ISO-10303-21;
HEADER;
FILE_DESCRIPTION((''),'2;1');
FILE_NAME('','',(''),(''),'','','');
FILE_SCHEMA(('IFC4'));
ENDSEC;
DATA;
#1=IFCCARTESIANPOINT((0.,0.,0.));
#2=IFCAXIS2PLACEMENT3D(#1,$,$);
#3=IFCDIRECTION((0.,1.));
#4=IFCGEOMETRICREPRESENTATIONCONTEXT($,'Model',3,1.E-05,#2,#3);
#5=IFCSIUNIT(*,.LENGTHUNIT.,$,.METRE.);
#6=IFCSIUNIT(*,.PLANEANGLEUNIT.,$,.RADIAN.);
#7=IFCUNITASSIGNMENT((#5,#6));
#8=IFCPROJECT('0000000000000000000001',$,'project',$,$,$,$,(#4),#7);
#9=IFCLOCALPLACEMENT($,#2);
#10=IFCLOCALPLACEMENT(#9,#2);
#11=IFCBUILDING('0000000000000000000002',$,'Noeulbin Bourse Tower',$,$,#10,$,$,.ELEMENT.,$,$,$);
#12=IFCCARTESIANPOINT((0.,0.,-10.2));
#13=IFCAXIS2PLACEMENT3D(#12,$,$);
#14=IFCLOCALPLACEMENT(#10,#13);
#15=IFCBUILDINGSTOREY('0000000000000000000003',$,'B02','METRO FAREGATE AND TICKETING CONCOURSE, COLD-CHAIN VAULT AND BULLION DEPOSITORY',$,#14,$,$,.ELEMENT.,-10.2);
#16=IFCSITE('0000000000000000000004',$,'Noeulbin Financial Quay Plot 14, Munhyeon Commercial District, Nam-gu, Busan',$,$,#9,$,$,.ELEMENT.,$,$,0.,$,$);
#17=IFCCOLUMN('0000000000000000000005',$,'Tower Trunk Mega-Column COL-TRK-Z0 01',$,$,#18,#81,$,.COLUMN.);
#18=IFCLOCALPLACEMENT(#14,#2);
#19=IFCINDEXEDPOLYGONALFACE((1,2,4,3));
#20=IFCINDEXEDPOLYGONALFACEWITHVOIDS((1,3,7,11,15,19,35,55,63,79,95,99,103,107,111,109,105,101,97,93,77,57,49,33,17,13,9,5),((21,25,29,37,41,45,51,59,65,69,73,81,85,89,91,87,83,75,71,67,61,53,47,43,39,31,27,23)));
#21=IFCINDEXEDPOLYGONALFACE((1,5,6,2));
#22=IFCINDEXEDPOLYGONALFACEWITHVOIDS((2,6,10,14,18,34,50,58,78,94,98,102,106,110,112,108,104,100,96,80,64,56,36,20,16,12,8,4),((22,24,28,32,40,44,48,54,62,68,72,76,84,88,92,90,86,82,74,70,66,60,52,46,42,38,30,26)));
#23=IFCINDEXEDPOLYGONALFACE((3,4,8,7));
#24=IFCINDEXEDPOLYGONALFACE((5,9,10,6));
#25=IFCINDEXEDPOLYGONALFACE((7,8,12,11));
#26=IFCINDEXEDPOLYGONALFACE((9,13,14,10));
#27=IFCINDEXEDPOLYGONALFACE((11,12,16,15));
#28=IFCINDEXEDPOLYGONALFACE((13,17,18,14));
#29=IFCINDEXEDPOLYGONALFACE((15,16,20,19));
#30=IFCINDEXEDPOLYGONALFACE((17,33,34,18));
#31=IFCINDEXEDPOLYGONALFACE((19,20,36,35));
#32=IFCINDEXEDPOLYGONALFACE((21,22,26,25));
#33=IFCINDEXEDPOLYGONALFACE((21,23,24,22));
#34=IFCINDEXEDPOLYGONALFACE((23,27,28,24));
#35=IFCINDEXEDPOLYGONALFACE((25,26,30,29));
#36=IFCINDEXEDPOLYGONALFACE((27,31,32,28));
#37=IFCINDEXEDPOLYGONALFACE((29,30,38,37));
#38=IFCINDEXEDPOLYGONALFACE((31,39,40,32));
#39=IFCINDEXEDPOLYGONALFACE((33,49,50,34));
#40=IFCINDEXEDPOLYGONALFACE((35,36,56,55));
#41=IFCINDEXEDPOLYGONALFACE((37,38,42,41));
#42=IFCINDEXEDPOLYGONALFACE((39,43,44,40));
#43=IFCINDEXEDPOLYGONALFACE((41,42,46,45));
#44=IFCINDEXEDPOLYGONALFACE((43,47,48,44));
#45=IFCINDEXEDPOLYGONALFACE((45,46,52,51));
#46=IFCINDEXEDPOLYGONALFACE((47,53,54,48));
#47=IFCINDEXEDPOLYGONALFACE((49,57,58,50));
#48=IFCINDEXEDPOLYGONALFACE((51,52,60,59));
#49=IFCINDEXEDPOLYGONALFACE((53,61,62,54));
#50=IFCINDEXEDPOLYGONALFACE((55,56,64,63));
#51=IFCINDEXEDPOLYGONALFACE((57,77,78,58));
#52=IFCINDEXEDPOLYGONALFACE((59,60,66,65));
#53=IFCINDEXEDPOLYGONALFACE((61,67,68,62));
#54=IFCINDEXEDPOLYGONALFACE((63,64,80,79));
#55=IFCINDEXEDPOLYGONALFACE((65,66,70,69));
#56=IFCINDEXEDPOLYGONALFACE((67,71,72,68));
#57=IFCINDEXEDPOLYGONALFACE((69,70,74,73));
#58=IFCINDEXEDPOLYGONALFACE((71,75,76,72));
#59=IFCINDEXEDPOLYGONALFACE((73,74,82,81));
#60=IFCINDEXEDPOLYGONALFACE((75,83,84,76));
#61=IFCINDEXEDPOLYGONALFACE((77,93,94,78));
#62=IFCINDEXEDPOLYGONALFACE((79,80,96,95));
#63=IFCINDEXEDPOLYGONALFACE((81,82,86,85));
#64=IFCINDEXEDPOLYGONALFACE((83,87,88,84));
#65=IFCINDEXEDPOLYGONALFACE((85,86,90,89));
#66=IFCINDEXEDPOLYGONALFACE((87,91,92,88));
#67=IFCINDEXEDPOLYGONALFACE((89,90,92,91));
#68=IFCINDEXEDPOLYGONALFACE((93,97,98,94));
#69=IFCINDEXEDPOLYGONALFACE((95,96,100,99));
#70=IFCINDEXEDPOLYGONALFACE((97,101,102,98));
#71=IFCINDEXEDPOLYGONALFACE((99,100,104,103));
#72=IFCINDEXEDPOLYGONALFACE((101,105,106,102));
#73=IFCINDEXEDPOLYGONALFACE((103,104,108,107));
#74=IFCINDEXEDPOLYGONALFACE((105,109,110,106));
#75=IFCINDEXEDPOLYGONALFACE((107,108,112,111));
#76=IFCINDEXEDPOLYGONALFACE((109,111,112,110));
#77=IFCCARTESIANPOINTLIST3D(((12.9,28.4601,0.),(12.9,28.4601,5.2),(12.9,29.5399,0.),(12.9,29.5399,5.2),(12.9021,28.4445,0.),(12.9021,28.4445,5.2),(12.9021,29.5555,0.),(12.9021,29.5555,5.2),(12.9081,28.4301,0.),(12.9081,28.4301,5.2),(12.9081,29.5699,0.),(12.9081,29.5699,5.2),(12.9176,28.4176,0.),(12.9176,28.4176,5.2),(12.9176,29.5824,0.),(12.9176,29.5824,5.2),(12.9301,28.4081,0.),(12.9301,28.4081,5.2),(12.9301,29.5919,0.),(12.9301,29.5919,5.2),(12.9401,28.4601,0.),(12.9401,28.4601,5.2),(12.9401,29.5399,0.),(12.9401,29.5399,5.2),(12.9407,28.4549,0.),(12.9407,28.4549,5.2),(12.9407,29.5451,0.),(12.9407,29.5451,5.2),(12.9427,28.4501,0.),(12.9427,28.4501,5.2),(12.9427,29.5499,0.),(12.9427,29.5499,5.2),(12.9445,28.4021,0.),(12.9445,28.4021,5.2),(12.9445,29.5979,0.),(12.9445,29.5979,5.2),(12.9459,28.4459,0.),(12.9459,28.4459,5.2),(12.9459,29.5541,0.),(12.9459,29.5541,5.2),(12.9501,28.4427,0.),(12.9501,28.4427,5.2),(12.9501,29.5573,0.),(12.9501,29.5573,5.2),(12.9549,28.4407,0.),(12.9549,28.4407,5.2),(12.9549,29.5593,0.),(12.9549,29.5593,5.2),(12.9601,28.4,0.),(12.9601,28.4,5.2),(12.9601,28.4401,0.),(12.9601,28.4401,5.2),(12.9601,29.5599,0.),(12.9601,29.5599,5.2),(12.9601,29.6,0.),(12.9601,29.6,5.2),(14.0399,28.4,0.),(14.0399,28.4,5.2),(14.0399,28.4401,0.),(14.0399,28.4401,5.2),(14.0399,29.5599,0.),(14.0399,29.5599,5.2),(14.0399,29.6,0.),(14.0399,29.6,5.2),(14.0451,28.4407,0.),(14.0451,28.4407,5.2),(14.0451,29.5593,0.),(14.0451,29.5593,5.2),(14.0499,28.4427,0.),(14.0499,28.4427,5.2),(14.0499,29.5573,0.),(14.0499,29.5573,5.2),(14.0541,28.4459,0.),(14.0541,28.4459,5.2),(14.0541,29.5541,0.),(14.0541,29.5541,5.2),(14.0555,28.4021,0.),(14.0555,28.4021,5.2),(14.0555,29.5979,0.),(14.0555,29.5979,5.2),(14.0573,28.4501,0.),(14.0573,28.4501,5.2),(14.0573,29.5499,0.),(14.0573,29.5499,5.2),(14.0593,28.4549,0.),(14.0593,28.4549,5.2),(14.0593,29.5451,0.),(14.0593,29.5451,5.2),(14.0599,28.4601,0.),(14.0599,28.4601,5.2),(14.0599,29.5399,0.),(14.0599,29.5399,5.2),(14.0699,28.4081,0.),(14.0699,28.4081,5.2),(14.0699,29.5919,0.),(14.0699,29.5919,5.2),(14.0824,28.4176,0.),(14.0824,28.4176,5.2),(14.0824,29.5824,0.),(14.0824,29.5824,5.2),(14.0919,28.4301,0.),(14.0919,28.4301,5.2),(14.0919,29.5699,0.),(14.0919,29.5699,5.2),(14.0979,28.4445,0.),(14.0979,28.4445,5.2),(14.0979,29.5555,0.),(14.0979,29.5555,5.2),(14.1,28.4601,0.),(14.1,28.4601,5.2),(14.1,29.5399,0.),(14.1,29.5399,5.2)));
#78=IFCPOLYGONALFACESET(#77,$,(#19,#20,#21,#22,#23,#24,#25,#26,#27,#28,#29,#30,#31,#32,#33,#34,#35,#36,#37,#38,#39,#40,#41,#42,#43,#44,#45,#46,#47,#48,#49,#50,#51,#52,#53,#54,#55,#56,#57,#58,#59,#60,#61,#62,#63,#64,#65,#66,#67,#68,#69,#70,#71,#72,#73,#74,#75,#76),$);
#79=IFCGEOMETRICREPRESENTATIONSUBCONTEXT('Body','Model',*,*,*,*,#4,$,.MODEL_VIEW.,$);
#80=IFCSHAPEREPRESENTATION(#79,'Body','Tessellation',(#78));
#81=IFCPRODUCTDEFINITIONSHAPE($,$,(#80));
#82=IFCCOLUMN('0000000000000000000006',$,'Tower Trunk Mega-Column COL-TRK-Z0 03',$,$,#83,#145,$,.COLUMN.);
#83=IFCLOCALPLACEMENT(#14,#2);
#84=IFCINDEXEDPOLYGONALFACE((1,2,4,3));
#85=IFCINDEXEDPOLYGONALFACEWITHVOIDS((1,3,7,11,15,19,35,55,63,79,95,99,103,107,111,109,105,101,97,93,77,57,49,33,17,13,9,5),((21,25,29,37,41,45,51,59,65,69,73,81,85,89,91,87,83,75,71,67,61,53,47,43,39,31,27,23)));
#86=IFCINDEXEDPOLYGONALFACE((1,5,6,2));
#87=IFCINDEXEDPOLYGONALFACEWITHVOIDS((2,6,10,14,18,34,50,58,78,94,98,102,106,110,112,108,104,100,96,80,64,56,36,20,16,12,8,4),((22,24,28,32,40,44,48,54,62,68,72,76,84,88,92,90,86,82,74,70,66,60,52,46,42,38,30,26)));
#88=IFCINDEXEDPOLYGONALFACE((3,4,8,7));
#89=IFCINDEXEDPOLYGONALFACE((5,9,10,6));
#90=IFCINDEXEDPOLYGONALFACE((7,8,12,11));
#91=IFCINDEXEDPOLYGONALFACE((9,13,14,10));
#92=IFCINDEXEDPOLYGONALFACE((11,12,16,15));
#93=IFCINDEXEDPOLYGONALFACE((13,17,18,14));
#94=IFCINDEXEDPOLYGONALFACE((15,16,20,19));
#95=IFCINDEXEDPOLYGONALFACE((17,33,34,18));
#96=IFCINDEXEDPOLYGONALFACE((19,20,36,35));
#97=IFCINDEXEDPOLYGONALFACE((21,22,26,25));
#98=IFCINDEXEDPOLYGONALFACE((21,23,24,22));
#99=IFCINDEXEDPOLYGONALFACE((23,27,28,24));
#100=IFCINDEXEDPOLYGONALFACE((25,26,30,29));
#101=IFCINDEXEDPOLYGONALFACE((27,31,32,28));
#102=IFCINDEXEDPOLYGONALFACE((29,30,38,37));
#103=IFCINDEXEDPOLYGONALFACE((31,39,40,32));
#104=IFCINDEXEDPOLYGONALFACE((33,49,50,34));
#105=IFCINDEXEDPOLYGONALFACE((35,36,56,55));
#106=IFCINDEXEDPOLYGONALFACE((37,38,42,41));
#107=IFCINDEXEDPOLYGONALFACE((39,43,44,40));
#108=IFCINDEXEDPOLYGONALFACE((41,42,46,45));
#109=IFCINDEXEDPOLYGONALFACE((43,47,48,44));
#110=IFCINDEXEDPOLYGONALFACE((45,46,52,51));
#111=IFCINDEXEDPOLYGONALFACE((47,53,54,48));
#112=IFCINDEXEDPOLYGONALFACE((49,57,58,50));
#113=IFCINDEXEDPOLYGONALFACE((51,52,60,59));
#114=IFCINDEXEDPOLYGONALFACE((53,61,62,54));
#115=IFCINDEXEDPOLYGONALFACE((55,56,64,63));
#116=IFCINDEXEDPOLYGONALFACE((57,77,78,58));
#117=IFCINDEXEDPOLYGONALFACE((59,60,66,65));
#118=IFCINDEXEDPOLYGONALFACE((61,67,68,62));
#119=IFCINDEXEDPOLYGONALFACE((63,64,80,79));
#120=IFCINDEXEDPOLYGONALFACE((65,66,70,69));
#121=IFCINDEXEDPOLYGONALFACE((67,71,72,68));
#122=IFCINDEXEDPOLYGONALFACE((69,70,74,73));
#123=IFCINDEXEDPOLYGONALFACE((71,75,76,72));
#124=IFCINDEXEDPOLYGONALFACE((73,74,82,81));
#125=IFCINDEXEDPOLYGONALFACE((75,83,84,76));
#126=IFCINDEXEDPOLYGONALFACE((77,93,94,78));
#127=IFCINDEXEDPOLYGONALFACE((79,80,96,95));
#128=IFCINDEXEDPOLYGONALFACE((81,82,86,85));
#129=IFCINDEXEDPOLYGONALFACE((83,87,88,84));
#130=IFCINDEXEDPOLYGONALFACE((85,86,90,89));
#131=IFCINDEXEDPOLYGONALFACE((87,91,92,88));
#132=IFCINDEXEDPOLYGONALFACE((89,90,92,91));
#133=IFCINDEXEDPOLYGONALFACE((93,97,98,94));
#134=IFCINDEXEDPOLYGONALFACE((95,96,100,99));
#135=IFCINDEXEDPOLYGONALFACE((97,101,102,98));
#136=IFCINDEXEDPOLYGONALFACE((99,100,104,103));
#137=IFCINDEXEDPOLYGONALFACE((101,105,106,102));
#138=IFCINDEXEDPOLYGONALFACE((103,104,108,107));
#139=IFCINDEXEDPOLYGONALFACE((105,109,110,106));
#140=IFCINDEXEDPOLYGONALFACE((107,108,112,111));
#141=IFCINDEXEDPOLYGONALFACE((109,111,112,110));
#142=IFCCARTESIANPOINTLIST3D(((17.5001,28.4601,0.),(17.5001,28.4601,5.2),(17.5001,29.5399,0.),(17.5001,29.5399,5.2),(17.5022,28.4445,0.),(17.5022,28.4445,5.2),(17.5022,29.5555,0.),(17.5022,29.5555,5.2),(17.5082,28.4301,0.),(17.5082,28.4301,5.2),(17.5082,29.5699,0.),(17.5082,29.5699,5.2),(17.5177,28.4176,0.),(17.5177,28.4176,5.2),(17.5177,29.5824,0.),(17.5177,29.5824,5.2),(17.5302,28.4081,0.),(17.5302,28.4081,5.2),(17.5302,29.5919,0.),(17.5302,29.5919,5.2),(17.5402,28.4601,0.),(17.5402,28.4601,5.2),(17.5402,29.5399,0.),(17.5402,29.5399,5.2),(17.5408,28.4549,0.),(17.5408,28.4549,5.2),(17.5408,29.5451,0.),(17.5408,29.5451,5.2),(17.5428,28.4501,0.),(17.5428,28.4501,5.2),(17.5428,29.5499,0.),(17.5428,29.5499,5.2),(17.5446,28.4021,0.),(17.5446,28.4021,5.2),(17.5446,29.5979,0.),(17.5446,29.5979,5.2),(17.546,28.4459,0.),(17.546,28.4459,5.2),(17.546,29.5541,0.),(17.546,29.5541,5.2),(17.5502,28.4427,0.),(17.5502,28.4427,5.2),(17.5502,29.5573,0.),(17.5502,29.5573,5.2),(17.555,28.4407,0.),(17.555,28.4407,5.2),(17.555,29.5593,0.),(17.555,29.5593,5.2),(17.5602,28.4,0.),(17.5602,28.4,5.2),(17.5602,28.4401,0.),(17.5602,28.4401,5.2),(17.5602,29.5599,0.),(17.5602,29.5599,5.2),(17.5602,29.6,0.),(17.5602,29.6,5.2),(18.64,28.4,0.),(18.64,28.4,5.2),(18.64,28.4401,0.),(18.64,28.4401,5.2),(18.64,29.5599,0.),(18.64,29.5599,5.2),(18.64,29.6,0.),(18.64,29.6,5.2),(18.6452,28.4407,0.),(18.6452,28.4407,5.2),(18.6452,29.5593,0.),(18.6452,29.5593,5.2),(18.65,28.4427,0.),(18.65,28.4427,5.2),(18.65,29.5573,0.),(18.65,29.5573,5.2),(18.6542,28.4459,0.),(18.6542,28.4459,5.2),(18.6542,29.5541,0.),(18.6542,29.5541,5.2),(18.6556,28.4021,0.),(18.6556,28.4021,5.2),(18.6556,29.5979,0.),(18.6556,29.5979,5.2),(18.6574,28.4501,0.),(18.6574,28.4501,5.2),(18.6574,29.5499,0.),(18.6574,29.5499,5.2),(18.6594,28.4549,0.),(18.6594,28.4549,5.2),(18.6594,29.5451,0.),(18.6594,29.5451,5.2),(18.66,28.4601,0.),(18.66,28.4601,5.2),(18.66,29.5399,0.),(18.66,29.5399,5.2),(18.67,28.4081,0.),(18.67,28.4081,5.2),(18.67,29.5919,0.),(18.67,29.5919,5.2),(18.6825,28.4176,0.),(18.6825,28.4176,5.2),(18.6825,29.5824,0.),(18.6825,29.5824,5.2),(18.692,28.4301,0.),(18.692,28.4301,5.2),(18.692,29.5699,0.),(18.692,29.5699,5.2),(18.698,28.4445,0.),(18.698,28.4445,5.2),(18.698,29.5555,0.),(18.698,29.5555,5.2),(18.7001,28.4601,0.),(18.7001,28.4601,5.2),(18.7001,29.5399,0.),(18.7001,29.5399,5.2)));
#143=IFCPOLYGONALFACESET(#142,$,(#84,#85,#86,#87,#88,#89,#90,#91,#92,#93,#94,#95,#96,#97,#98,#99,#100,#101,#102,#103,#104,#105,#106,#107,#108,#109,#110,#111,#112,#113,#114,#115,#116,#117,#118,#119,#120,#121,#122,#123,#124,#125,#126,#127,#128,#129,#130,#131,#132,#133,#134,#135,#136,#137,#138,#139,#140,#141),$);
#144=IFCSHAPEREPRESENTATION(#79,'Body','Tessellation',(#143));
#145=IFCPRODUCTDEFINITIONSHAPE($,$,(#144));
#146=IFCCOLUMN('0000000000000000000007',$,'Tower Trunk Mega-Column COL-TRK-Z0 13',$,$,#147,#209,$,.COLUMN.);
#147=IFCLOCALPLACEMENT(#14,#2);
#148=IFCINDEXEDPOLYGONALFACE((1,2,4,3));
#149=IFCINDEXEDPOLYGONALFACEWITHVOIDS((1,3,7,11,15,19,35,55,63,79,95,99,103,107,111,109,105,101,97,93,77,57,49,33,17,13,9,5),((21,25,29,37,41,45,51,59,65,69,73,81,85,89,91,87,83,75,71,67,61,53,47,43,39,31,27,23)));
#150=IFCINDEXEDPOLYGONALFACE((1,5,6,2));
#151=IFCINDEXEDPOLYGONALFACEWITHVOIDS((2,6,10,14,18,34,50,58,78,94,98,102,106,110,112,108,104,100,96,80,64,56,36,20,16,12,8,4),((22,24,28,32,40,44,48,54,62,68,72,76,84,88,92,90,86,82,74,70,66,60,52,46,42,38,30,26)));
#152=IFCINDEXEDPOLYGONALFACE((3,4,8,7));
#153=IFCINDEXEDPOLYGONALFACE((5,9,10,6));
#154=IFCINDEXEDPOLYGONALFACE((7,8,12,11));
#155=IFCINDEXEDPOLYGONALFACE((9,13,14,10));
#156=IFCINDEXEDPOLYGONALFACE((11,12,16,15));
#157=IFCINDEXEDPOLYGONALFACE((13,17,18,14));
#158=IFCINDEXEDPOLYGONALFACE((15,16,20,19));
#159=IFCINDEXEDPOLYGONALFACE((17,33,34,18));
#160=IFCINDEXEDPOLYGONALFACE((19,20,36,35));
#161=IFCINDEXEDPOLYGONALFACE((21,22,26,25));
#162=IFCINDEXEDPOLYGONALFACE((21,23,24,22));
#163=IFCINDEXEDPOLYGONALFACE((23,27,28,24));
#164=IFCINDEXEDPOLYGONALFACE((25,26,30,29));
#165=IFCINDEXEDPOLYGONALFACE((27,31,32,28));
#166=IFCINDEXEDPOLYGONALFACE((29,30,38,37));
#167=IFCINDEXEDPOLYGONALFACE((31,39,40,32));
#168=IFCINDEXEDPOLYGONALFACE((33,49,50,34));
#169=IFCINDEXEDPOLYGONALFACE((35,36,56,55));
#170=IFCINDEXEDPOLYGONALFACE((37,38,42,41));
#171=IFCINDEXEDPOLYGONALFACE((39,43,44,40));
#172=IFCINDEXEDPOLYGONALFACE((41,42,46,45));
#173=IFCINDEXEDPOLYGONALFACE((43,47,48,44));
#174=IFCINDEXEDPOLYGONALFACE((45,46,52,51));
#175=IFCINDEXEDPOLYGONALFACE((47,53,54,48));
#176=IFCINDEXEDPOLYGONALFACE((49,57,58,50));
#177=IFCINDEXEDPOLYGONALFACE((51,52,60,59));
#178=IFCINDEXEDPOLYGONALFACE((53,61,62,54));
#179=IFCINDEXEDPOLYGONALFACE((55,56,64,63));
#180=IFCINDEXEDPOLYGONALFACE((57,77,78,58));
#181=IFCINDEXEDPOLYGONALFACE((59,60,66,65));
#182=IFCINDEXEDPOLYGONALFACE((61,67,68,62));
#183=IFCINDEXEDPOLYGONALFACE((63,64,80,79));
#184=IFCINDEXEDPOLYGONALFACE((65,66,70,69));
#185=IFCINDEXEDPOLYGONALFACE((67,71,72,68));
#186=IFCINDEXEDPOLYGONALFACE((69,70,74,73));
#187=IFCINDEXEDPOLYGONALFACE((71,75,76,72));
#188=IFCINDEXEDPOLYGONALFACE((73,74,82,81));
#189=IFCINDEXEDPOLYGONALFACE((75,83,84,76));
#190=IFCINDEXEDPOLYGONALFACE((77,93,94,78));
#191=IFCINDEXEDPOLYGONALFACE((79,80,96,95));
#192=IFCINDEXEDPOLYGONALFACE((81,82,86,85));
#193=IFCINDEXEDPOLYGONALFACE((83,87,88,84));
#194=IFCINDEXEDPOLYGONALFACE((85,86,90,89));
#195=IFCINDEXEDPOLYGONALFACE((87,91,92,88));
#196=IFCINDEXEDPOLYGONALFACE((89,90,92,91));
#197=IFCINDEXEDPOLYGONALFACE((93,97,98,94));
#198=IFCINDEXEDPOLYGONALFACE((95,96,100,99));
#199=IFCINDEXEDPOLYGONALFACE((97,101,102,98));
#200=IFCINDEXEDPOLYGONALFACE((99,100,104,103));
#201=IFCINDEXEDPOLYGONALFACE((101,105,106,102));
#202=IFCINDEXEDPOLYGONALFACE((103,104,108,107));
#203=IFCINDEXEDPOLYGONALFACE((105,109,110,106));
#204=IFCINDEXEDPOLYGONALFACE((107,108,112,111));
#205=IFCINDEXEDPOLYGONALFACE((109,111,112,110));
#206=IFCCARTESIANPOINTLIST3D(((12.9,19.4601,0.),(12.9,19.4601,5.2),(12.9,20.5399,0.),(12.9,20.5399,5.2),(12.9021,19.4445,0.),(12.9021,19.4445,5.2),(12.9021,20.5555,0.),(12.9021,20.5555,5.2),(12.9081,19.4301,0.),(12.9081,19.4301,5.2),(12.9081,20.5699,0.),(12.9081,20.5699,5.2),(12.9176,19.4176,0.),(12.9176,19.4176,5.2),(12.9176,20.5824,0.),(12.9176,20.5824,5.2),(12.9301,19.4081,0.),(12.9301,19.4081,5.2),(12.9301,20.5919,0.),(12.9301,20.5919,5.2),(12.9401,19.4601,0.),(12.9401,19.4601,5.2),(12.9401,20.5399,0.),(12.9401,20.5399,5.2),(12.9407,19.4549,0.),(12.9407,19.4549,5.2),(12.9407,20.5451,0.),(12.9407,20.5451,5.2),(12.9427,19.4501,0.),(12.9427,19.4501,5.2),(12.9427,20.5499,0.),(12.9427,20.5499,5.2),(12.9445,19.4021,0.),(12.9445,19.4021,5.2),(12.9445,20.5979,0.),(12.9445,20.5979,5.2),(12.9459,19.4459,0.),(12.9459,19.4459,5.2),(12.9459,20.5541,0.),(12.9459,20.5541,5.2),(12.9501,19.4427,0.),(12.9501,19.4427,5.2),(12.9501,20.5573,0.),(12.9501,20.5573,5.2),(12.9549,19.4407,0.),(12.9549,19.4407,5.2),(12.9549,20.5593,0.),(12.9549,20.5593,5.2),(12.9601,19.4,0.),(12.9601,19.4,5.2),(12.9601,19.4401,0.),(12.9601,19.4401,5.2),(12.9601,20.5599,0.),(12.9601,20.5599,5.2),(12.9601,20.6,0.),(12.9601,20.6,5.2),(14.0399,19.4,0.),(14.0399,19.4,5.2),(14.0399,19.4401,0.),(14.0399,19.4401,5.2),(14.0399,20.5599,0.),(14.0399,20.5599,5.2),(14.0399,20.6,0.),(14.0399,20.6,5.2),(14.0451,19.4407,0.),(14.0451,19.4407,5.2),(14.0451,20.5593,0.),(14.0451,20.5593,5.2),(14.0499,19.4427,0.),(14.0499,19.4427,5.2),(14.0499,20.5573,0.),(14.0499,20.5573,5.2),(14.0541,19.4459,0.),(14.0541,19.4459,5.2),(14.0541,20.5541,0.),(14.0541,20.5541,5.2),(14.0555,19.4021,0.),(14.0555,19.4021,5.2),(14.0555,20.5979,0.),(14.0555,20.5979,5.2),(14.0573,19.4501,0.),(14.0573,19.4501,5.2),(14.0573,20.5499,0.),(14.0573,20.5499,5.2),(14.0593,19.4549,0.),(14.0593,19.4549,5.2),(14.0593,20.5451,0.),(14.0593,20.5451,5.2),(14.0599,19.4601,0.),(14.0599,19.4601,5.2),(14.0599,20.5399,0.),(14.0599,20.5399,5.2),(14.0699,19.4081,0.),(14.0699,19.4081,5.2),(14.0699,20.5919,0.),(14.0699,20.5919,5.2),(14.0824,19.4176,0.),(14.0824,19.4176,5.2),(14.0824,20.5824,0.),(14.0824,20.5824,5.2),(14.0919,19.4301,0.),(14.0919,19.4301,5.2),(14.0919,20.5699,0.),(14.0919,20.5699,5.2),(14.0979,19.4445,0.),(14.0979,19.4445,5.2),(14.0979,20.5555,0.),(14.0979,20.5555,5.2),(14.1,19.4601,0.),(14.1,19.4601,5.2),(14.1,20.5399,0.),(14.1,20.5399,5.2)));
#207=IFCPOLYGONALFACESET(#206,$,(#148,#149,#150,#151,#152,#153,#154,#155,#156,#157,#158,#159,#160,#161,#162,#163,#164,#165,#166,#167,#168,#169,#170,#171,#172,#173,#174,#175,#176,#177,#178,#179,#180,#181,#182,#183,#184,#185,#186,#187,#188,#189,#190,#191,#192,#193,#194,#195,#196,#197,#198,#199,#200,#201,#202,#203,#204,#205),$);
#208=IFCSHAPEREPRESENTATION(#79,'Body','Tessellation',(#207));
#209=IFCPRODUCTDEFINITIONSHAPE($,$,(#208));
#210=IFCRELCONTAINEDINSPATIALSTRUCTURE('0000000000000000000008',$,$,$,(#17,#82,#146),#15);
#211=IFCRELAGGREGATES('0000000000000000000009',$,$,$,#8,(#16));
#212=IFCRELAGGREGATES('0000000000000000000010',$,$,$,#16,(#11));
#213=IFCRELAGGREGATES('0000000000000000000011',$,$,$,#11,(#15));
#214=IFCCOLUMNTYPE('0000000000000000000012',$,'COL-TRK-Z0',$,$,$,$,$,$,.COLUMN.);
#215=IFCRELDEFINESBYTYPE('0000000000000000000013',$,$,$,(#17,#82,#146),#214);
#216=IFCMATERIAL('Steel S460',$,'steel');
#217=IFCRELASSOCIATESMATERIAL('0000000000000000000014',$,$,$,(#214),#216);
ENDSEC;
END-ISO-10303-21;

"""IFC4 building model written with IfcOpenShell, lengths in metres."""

from ifc_helpers import new_model, si_unit, direction, frame, origin, origin_2d, place, context, subcontext, project, spatial, hollow_rectangle, extrude, material, material_profile, profile_set, type_object, element, save


model = new_model("IFC4")

# Units and contexts
model_context = context("Model", 3, precision=1e-05, world=origin(), true_north=direction((0.0, 1.0)))
body_context = subcontext(model_context, "Body", "Model", "MODEL_VIEW")
ifc_project = project(units=[si_unit("LENGTHUNIT", "METRE"), si_unit("PLANEANGLEUNIT", "RADIAN")], contexts=[model_context])

# Site, building, storey
site_placement = place(None, origin())
site = spatial("IfcSite", under=ifc_project, at=site_placement, Name="Noeulbin Financial Quay Plot 14, Munhyeon Commercial District, Nam-gu, Busan", CompositionType="ELEMENT", RefElevation=0.0)
building_placement = place(site_placement, origin())
building = spatial("IfcBuilding", under=site, at=building_placement, Name="Noeulbin Bourse Tower", CompositionType="ELEMENT")
storey_placement = place(building_placement, frame((0.0, 0.0, -10.2)))
storey = spatial("IfcBuildingStorey", under=building, at=storey_placement, Name="B02", Description="METRO FAREGATE AND TICKETING CONCOURSE, COLD-CHAIN VAULT AND BULLION DEPOSITORY", CompositionType="ELEMENT", Elevation=-10.2)

# Columns
ifc_material_1 = material(Name="Steel S460", Category="steel")
ifc_material_profile_1 = material_profile(ifc_material_1, hollow_rectangle(XDim=1.2, YDim=1.2, WallThickness=0.04, InnerFilletRadius=0.02, OuterFilletRadius=0.0601, at=origin_2d()), Name="BOX-1200x1200x40", Category="LoadBearing")
ifc_profile_set_1 = profile_set([ifc_material_profile_1], Name="Steel S460")
column_type = type_object("IfcColumnType", Name="COL-TRK-Z0", PredefinedType="COLUMN", material=ifc_profile_set_1)
for number, where, z_axis, x_axis, name in (
    (1, (13.5, 29.0, 0.0), (0.0, 0.0, 1.0), (1.0, 0.0, 0.0), "Tower Trunk Mega-Column COL-TRK-Z0 01"),
    (2, (18.1001, 29.0, 0.0), (0.0, 0.0, 1.0), (1.0, 0.0, 0.0), "Tower Trunk Mega-Column COL-TRK-Z0 03"),
    (3, (13.5, 20.0, 0.0), (0.0, 0.0, 1.0), (1.0, 0.0, 0.0), "Tower Trunk Mega-Column COL-TRK-Z0 13"),
):
    element("IfcColumn", number, at=place(storey_placement, frame(where, z_axis=z_axis, x_axis=x_axis)), inside=storey, type_object=column_type, Name=name, PredefinedType="COLUMN", context=body_context, shape_type="SweptSolid", body=[
        extrude(hollow_rectangle(XDim=1.2, YDim=1.2, WallThickness=0.04, InnerFilletRadius=0.02, OuterFilletRadius=0.0601, at=origin_2d()), origin(), (0.0, 0.0, 1.0), 5.2),
    ])

save(model, "model.ifc")
